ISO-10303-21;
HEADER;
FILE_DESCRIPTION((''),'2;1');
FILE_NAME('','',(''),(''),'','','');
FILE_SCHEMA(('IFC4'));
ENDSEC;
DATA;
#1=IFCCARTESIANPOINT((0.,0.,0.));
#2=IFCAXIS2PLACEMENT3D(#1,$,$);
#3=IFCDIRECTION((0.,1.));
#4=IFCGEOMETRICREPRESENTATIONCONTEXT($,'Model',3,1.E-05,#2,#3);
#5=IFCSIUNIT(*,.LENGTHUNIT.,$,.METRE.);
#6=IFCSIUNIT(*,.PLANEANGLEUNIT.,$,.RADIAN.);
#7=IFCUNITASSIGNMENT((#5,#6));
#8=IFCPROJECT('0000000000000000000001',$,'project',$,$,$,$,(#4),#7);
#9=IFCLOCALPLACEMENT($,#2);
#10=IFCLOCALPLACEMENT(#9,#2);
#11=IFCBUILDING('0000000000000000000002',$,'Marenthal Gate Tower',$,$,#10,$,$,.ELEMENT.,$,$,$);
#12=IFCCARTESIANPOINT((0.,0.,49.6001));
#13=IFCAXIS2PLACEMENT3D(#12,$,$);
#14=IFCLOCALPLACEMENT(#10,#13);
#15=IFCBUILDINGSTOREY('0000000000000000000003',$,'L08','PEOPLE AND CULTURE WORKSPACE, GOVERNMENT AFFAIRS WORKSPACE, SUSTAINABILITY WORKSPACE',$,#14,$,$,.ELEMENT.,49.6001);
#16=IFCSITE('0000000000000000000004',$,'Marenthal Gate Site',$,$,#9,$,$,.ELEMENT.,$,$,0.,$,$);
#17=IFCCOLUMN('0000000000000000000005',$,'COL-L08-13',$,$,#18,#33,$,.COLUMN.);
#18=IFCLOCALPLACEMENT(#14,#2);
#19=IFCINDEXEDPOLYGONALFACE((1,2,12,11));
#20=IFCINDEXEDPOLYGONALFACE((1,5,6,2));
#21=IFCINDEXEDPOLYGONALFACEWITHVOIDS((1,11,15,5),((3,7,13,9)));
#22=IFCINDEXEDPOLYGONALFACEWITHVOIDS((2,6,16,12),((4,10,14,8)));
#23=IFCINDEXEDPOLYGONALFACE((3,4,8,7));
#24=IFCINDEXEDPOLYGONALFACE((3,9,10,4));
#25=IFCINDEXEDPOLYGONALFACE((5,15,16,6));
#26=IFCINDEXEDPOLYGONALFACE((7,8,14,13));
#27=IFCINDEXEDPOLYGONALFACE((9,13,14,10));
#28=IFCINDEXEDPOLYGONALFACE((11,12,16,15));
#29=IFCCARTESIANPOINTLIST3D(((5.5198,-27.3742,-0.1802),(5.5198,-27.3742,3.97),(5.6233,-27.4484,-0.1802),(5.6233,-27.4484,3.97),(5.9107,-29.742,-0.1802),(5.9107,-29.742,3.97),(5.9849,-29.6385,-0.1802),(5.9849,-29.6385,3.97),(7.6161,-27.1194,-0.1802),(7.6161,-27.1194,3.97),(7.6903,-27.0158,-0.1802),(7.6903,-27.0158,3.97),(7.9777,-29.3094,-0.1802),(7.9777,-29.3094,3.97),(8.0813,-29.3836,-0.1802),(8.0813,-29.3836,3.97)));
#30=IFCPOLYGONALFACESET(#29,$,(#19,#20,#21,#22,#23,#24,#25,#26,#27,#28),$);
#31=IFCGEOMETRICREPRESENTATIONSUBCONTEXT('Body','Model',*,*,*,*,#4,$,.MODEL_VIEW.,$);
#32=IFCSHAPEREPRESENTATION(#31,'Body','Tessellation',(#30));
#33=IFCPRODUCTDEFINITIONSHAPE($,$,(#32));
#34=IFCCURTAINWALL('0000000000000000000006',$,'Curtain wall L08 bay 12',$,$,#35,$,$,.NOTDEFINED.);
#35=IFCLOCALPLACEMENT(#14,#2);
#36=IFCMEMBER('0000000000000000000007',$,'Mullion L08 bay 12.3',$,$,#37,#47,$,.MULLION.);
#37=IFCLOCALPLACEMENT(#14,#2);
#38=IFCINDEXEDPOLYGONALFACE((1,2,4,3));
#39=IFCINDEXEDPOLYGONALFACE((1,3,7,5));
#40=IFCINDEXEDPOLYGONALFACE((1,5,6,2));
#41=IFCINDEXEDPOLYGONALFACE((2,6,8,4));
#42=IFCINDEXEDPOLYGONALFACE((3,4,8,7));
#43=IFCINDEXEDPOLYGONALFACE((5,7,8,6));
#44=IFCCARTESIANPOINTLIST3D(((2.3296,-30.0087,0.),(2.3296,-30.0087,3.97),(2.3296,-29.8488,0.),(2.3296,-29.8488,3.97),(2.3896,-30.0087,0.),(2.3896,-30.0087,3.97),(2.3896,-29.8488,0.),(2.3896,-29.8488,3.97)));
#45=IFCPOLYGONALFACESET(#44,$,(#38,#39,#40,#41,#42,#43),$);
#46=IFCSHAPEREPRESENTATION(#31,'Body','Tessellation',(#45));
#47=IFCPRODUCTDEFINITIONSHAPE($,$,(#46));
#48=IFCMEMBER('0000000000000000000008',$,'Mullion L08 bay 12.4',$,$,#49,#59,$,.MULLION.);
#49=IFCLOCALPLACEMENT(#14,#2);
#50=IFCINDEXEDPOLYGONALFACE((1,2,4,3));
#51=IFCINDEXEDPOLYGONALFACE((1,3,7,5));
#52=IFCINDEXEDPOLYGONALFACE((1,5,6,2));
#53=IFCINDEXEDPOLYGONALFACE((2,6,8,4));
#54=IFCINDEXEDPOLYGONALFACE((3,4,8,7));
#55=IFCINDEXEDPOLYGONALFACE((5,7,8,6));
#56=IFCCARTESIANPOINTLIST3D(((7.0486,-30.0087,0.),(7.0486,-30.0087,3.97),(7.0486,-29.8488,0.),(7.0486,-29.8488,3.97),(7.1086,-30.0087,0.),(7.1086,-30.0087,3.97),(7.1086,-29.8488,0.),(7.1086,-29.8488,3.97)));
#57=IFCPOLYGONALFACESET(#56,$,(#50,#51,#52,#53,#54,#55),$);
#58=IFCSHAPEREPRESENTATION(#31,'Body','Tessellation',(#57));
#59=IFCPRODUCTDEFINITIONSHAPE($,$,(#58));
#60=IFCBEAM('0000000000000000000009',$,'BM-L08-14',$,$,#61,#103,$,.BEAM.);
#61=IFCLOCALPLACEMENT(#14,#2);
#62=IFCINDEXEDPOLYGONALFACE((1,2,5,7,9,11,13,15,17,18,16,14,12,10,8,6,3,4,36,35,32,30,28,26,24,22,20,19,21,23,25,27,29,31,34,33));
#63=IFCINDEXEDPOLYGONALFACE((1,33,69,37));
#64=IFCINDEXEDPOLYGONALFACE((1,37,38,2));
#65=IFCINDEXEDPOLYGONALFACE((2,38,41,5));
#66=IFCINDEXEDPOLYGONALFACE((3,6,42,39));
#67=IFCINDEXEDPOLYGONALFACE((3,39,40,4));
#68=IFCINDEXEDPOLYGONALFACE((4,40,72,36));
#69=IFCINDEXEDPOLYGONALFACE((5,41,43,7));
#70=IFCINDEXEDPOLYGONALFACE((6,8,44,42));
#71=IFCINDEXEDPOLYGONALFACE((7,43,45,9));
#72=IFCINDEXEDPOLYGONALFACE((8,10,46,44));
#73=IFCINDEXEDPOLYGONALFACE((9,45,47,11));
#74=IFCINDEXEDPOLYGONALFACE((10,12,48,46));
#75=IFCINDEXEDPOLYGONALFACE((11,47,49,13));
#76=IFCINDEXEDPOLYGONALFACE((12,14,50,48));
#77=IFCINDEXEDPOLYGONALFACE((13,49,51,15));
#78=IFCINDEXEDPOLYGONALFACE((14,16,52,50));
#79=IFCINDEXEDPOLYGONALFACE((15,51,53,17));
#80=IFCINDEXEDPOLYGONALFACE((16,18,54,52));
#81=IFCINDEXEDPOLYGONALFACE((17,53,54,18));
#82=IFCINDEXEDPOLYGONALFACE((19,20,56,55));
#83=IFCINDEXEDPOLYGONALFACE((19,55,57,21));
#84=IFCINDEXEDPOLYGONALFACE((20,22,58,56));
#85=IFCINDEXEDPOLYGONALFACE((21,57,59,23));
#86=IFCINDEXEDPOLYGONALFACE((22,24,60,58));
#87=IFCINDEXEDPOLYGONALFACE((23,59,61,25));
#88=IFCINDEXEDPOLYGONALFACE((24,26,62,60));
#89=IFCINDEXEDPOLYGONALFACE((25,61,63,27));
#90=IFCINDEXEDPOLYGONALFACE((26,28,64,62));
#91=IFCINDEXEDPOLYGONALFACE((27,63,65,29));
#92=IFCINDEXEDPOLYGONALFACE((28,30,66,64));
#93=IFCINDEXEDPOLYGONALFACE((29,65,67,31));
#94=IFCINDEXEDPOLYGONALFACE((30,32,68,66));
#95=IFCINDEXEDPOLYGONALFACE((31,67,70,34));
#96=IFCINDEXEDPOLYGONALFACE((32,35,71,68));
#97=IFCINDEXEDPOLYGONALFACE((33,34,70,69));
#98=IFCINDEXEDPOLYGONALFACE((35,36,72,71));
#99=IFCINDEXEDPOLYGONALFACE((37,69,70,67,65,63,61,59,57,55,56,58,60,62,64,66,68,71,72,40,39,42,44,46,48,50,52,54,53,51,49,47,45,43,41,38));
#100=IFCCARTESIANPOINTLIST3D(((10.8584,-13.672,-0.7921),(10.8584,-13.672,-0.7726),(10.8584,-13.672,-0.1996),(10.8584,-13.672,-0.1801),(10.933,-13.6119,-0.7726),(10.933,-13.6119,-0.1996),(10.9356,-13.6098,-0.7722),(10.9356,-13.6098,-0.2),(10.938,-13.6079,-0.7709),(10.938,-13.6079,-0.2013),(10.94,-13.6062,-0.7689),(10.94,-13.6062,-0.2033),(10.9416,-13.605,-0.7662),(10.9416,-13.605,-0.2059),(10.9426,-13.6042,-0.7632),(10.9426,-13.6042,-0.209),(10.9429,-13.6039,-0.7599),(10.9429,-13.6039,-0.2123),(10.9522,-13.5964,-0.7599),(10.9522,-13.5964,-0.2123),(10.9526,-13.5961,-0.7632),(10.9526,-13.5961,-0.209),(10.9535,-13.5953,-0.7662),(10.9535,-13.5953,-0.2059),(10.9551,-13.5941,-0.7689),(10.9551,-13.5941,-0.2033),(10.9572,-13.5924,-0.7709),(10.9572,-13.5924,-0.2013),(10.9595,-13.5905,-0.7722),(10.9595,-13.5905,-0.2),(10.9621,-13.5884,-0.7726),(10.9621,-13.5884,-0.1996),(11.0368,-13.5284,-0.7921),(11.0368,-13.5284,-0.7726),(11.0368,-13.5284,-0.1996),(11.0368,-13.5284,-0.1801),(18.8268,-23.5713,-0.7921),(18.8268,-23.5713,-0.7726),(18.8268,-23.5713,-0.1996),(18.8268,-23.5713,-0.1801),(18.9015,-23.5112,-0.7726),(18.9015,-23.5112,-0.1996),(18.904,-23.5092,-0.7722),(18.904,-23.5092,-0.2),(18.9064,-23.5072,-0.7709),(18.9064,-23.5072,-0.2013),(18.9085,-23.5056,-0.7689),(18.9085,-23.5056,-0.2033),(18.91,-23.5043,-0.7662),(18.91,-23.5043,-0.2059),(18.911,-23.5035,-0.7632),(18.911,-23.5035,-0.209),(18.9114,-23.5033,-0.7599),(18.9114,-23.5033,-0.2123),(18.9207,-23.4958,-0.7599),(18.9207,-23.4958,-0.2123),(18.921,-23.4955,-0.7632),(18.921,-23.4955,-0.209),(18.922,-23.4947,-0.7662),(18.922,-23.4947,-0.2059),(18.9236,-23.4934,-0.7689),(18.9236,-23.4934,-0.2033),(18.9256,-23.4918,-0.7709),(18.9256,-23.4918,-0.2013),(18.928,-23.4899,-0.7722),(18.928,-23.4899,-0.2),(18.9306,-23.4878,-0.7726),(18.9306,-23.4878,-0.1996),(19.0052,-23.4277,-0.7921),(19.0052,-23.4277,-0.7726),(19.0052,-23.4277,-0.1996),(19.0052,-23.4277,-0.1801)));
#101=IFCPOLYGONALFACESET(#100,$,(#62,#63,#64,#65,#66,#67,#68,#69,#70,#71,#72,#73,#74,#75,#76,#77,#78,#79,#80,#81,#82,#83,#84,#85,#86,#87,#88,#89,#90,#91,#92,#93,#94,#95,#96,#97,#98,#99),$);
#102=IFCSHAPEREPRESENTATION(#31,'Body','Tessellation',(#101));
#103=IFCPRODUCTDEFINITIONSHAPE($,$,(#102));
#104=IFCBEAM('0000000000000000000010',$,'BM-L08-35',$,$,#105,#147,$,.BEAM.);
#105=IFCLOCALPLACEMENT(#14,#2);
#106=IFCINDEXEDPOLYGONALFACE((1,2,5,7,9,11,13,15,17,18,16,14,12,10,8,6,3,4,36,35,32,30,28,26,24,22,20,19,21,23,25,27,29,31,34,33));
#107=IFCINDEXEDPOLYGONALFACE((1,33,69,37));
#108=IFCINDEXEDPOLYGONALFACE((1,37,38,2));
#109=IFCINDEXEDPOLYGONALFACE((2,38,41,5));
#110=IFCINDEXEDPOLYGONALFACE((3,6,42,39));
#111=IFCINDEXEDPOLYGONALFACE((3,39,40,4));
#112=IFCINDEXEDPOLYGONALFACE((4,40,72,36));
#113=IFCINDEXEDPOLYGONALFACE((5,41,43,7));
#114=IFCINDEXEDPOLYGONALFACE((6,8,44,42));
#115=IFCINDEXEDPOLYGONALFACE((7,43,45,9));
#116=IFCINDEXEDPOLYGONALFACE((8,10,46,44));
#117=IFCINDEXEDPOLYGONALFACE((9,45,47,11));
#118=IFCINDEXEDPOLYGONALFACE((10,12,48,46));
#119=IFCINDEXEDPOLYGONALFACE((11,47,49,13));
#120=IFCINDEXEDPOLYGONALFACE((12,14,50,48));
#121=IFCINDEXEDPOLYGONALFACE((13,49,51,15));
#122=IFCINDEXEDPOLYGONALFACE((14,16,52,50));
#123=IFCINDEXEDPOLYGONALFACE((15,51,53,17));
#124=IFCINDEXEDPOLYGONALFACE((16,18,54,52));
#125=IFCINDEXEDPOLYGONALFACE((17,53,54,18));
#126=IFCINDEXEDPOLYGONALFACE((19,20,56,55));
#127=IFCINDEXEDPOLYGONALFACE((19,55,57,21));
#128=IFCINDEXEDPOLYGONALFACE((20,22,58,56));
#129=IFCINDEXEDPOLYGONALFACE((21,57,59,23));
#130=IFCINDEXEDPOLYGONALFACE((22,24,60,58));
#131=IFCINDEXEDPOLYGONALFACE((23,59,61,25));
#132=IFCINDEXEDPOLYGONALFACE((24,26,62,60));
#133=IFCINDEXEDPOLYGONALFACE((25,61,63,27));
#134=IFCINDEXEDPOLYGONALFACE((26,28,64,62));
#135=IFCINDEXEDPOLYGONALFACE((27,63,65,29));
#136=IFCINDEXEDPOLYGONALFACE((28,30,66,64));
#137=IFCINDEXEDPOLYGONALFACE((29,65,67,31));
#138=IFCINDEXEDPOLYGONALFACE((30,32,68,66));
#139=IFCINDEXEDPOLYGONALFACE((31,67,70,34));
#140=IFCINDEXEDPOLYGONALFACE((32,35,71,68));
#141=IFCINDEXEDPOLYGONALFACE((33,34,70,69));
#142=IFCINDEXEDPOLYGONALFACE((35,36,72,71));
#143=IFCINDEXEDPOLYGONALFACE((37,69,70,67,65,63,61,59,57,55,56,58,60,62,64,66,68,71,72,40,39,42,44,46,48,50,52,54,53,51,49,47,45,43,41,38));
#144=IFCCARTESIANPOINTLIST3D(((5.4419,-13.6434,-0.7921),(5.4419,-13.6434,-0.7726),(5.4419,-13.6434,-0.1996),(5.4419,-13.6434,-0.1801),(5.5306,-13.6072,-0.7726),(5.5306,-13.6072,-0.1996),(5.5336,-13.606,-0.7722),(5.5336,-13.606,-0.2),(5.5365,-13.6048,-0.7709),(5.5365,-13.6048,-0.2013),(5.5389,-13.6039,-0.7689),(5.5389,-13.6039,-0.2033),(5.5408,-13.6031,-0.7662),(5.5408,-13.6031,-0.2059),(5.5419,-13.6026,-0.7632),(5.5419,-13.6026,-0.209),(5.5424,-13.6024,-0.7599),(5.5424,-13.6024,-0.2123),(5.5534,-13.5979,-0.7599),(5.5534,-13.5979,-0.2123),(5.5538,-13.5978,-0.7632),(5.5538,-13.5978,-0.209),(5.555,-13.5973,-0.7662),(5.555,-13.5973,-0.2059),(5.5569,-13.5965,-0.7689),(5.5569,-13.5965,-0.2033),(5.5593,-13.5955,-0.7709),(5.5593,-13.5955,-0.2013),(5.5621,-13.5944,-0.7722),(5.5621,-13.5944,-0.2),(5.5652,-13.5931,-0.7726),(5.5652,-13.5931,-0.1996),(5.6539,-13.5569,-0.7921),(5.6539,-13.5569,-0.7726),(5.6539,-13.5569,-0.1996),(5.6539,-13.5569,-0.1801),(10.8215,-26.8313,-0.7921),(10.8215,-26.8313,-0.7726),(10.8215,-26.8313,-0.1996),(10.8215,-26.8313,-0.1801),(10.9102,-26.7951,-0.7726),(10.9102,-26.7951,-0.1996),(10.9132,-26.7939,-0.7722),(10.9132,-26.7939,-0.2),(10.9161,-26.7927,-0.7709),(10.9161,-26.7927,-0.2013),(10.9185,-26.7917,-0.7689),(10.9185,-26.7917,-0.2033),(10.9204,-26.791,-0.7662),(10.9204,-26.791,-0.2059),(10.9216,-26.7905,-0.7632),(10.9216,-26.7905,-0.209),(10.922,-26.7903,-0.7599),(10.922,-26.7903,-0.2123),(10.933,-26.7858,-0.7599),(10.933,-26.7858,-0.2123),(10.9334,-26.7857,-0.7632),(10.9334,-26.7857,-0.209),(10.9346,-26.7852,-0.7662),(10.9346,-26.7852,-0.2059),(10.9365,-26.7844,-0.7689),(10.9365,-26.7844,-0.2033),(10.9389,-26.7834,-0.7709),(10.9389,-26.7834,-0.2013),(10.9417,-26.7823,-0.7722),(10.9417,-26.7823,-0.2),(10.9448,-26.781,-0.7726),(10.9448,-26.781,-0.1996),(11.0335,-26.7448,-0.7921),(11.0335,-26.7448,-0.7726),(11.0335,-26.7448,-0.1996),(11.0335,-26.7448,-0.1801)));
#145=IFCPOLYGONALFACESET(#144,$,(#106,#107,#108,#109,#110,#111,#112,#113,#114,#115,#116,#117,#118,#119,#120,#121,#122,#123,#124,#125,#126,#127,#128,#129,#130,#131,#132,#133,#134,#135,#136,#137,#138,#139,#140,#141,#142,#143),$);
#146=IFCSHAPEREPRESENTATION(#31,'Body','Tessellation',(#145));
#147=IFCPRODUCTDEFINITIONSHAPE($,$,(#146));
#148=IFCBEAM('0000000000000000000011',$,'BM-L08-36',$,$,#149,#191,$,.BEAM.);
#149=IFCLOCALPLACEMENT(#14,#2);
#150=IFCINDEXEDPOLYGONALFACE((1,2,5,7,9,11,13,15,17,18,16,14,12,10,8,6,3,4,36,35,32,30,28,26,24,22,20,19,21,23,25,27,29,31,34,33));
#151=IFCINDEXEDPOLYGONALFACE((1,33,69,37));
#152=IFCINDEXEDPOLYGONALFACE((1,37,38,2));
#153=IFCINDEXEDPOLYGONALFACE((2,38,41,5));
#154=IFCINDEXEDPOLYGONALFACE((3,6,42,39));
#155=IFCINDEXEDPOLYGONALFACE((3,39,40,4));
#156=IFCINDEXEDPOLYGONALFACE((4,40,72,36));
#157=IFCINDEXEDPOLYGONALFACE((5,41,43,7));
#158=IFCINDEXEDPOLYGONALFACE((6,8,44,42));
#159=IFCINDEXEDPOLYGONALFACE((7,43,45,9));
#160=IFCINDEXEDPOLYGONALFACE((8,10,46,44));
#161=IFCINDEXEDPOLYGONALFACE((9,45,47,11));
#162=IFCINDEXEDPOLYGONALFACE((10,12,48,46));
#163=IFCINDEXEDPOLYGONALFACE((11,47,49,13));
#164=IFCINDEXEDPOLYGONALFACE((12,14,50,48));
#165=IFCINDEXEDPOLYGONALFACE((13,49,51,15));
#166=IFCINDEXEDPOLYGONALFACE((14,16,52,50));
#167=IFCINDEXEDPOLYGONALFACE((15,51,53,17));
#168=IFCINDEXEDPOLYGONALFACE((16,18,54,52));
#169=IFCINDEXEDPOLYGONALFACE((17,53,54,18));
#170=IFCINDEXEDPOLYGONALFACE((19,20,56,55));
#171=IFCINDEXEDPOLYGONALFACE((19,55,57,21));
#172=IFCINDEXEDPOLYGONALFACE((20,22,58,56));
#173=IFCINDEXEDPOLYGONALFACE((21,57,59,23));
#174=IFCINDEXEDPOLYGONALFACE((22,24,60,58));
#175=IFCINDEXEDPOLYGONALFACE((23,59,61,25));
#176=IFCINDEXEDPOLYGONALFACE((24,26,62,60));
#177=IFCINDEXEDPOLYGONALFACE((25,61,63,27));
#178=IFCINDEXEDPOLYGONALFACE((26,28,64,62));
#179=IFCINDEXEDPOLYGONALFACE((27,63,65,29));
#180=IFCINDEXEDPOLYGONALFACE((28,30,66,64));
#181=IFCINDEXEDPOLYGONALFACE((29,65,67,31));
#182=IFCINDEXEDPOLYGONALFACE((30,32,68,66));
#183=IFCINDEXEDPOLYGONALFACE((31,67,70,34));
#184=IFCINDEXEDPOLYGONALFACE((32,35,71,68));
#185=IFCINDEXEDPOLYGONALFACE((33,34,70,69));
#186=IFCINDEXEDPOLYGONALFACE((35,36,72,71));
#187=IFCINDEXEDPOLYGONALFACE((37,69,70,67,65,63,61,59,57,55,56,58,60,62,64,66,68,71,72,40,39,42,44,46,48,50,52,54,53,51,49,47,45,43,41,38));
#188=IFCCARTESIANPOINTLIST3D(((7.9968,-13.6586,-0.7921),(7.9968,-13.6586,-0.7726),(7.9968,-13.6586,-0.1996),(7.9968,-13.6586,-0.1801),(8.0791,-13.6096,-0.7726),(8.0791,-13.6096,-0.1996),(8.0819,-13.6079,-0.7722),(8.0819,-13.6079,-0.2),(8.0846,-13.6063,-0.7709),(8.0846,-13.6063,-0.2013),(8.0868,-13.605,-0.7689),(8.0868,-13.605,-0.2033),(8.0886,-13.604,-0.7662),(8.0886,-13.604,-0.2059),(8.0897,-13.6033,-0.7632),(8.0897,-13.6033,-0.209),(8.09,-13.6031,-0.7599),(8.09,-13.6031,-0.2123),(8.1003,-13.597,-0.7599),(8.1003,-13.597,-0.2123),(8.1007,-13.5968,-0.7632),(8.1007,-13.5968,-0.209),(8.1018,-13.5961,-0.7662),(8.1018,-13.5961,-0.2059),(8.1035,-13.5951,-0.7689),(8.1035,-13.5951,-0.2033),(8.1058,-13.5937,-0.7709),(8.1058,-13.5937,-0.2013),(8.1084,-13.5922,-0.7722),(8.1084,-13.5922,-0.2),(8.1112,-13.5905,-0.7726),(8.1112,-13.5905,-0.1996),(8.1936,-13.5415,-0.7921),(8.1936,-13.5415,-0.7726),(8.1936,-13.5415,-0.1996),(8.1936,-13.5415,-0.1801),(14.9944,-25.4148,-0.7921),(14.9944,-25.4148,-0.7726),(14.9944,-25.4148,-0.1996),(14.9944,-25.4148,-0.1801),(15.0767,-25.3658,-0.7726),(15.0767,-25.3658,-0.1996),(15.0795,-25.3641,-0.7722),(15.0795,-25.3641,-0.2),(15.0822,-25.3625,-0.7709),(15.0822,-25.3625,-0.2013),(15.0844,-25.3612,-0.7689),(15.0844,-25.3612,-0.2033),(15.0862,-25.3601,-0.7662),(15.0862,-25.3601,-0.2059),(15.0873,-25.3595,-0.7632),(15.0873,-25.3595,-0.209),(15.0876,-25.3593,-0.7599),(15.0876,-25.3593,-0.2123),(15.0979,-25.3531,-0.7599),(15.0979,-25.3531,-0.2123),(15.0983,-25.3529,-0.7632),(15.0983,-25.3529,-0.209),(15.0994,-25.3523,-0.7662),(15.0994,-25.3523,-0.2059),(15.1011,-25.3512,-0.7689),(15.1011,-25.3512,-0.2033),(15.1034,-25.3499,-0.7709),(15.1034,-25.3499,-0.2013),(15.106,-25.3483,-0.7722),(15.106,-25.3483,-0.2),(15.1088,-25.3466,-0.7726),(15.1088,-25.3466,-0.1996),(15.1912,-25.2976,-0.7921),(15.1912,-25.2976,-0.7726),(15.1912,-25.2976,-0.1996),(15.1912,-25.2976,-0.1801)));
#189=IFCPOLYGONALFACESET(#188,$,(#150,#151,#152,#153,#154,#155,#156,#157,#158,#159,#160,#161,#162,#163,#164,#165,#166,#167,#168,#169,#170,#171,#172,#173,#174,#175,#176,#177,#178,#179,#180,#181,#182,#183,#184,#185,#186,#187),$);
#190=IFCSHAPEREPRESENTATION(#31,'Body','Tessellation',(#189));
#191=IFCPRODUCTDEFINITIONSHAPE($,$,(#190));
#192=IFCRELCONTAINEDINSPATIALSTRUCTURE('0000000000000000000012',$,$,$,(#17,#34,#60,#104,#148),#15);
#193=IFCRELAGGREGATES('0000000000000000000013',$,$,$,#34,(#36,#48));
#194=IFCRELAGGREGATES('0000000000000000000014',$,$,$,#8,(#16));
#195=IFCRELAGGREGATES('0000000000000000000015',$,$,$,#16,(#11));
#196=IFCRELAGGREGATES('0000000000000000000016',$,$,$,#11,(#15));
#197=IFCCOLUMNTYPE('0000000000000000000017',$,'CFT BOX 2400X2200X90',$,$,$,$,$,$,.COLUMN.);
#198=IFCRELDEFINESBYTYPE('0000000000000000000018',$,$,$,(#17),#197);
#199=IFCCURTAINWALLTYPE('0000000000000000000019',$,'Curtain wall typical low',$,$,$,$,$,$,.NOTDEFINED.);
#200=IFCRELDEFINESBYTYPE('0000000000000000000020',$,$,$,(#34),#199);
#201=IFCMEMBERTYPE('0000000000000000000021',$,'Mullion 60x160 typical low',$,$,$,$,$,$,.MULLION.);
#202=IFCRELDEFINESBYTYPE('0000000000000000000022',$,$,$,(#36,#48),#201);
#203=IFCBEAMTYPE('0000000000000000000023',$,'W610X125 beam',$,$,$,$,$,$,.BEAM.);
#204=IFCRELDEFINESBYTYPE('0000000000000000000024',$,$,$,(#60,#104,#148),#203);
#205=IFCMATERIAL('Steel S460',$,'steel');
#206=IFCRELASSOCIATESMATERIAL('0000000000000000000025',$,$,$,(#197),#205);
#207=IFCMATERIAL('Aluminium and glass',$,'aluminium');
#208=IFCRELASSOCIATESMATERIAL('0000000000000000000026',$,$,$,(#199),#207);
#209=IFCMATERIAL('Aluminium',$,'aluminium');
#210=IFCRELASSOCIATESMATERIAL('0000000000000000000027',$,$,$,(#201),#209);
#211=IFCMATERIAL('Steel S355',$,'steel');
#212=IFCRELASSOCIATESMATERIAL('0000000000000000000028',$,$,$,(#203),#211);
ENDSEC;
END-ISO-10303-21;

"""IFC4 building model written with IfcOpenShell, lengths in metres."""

from ifc_helpers import new_model, si_unit, direction, frame, origin, origin_2d, place, context, subcontext, project, spatial, rectangle, hollow_rectangle, i_section, extrude, material, material_profile, profile_set, type_object, element, aggregate, save


model = new_model("IFC4")

# Units and contexts
model_context = context("Model", 3, precision=1e-05, world=origin(), true_north=direction((0.0, 1.0)))
body_context = subcontext(model_context, "Body", "Model", "MODEL_VIEW")
ifc_project = project(units=[si_unit("LENGTHUNIT", "METRE"), si_unit("PLANEANGLEUNIT", "RADIAN")], contexts=[model_context])

# Site, building, storey
site_placement = place(None, origin())
site = spatial("IfcSite", under=ifc_project, at=site_placement, Name="Marenthal Gate Site", CompositionType="ELEMENT", RefElevation=0.0)
building_placement = place(site_placement, origin())
building = spatial("IfcBuilding", under=site, at=building_placement, Name="Marenthal Gate Tower", CompositionType="ELEMENT")
storey_placement = place(building_placement, frame((0.0, 0.0, 49.6001)))
storey = spatial("IfcBuildingStorey", under=building, at=storey_placement, Name="L08", Description="PEOPLE AND CULTURE WORKSPACE, GOVERNMENT AFFAIRS WORKSPACE, SUSTAINABILITY WORKSPACE", CompositionType="ELEMENT", Elevation=49.6001)

# Column
ifc_material_1 = material(Name="Steel S460", Category="steel")
ifc_material_profile_1 = material_profile(ifc_material_1, hollow_rectangle(XDim=2.2, YDim=2.3999, WallThickness=0.0901, at=origin_2d()), Name="CFT BOX 2400X2200X90")
ifc_material_2 = material(Name="Concrete 70 MPa", Category="concrete")
ifc_material_profile_2 = material_profile(ifc_material_2, rectangle(XDim=2.02, YDim=2.22, at=origin_2d()), Name="CFT BOX 2400X2200X90 INFILL")
ifc_profile_set_1 = profile_set([ifc_material_profile_1, ifc_material_profile_2], Name="Steel S460 shell, Concrete 70 MPa infill")
column_type = type_object("IfcColumnType", Name="CFT BOX 2400X2200X90", PredefinedType="COLUMN", material=ifc_profile_set_1)
column_placement = place(storey_placement, frame((6.8005, -28.3789, -0.1802), z_axis=(0.0, 0.0, 1.0), x_axis=(-0.986641, -0.162908, 0.0)))
element("IfcColumn", 1, at=column_placement, inside=storey, type_object=column_type, Name="COL-L08-13", PredefinedType="COLUMN", context=body_context, shape_type="SweptSolid", body=[
    extrude(hollow_rectangle(XDim=2.2, YDim=2.3999, WallThickness=0.0901, at=origin_2d()), origin(), (0.0, 0.0, 1.0), 4.1501),
])

# Curtain wall, members
ifc_material_3 = material(Name="Aluminium and glass", Category="aluminium")
curtain_wall_type = type_object("IfcCurtainWallType", Name="Curtain wall typical low", PredefinedType="NOTDEFINED", material=ifc_material_3)
curtain_wall_placement = place(storey_placement, origin())
curtain_wall = element("IfcCurtainWall", 2, at=curtain_wall_placement, inside=storey, type_object=curtain_wall_type, Name="Curtain wall L08 bay 12", PredefinedType="NOTDEFINED")
ifc_material_4 = material(Name="Aluminium", Category="aluminium")
ifc_material_profile_3 = material_profile(ifc_material_4, rectangle(XDim=0.1599, YDim=0.0601, at=origin_2d()), Name="60x160 aluminium mullion")
ifc_profile_set_2 = profile_set([ifc_material_profile_3], Name="Aluminium")
member_type = type_object("IfcMemberType", Name="Mullion 60x160 typical low", PredefinedType="MULLION", material=ifc_profile_set_2)
member_1_placement = place(storey_placement, frame((2.3596, -29.9287, 0.0), z_axis=(0.0, 0.0, 1.0), x_axis=(0.0, 1.0, 0.0)))
member_1 = element("IfcMember", 3, at=member_1_placement, type_object=member_type, Name="Mullion L08 bay 12.3", PredefinedType="MULLION", context=body_context, shape_type="SweptSolid", body=[
    extrude(rectangle(XDim=0.1599, YDim=0.0601, at=origin_2d()), origin(), (0.0, 0.0, 1.0), 3.97),
])
member_2_placement = place(storey_placement, frame((7.0786, -29.9287, 0.0), z_axis=(0.0, 0.0, 1.0), x_axis=(0.0, 1.0, 0.0)))
member_2 = element("IfcMember", 4, at=member_2_placement, type_object=member_type, Name="Mullion L08 bay 12.4", PredefinedType="MULLION", context=body_context, shape_type="SweptSolid", body=[
    extrude(rectangle(XDim=0.1599, YDim=0.0601, at=origin_2d()), origin(), (0.0, 0.0, 1.0), 3.97),
])

# Beams
ifc_material_5 = material(Name="Steel S355", Category="steel")
ifc_material_profile_4 = material_profile(ifc_material_5, i_section(OverallWidth=0.229, OverallDepth=0.6121, WebThickness=0.012, FlangeThickness=0.0195, FilletRadius=0.0127, at=origin_2d()), Name="W610X125")
ifc_profile_set_3 = profile_set([ifc_material_profile_4], Name="Steel S355")
beam_type_1 = type_object("IfcBeamType", Name="W610X125 beam", PredefinedType="BEAM", material=ifc_profile_set_3)
beam_1_placement = place(storey_placement, frame((18.916, -23.4995, -0.4861), z_axis=(-0.627042, 0.778985, 0.0), x_axis=(-0.778985, -0.627042, 0.0)))
element("IfcBeam", 5, at=beam_1_placement, inside=storey, type_object=beam_type_1, Name="BM-L08-14", PredefinedType="BEAM", context=body_context, shape_type="SweptSolid", body=[
    extrude(i_section(OverallWidth=0.229, OverallDepth=0.6121, WebThickness=0.012, FlangeThickness=0.0195, FilletRadius=0.0127, at=origin_2d()), origin(), (0.0, 0.0, 1.0), 12.708),
])
beam_2_placement = place(storey_placement, frame((10.9275, -26.7881, -0.4861), z_axis=(-0.377704, 0.925927, 0.0), x_axis=(-0.925927, -0.377704, 0.0)))
element("IfcBeam", 6, at=beam_2_placement, inside=storey, type_object=beam_type_1, Name="BM-L08-35", PredefinedType="BEAM", context=body_context, shape_type="SweptSolid", body=[
    extrude(i_section(OverallWidth=0.229, OverallDepth=0.6121, WebThickness=0.012, FlangeThickness=0.0195, FilletRadius=0.0127, at=origin_2d()), origin(), (0.0, 0.0, 1.0), 14.2429),
])
beam_3_placement = place(storey_placement, frame((15.0928, -25.3562, -0.4861), z_axis=(-0.511477, 0.859297, 0.0), x_axis=(-0.859297, -0.511477, 0.0)))
element("IfcBeam", 7, at=beam_3_placement, inside=storey, type_object=beam_type_1, Name="BM-L08-36", PredefinedType="BEAM", context=body_context, shape_type="SweptSolid", body=[
    extrude(i_section(OverallWidth=0.229, OverallDepth=0.6121, WebThickness=0.012, FlangeThickness=0.0195, FilletRadius=0.0127, at=origin_2d()), origin(), (0.0, 0.0, 1.0), 13.6812),
])

aggregate(curtain_wall, [member_1, member_2])

save(model, "model.ifc")
